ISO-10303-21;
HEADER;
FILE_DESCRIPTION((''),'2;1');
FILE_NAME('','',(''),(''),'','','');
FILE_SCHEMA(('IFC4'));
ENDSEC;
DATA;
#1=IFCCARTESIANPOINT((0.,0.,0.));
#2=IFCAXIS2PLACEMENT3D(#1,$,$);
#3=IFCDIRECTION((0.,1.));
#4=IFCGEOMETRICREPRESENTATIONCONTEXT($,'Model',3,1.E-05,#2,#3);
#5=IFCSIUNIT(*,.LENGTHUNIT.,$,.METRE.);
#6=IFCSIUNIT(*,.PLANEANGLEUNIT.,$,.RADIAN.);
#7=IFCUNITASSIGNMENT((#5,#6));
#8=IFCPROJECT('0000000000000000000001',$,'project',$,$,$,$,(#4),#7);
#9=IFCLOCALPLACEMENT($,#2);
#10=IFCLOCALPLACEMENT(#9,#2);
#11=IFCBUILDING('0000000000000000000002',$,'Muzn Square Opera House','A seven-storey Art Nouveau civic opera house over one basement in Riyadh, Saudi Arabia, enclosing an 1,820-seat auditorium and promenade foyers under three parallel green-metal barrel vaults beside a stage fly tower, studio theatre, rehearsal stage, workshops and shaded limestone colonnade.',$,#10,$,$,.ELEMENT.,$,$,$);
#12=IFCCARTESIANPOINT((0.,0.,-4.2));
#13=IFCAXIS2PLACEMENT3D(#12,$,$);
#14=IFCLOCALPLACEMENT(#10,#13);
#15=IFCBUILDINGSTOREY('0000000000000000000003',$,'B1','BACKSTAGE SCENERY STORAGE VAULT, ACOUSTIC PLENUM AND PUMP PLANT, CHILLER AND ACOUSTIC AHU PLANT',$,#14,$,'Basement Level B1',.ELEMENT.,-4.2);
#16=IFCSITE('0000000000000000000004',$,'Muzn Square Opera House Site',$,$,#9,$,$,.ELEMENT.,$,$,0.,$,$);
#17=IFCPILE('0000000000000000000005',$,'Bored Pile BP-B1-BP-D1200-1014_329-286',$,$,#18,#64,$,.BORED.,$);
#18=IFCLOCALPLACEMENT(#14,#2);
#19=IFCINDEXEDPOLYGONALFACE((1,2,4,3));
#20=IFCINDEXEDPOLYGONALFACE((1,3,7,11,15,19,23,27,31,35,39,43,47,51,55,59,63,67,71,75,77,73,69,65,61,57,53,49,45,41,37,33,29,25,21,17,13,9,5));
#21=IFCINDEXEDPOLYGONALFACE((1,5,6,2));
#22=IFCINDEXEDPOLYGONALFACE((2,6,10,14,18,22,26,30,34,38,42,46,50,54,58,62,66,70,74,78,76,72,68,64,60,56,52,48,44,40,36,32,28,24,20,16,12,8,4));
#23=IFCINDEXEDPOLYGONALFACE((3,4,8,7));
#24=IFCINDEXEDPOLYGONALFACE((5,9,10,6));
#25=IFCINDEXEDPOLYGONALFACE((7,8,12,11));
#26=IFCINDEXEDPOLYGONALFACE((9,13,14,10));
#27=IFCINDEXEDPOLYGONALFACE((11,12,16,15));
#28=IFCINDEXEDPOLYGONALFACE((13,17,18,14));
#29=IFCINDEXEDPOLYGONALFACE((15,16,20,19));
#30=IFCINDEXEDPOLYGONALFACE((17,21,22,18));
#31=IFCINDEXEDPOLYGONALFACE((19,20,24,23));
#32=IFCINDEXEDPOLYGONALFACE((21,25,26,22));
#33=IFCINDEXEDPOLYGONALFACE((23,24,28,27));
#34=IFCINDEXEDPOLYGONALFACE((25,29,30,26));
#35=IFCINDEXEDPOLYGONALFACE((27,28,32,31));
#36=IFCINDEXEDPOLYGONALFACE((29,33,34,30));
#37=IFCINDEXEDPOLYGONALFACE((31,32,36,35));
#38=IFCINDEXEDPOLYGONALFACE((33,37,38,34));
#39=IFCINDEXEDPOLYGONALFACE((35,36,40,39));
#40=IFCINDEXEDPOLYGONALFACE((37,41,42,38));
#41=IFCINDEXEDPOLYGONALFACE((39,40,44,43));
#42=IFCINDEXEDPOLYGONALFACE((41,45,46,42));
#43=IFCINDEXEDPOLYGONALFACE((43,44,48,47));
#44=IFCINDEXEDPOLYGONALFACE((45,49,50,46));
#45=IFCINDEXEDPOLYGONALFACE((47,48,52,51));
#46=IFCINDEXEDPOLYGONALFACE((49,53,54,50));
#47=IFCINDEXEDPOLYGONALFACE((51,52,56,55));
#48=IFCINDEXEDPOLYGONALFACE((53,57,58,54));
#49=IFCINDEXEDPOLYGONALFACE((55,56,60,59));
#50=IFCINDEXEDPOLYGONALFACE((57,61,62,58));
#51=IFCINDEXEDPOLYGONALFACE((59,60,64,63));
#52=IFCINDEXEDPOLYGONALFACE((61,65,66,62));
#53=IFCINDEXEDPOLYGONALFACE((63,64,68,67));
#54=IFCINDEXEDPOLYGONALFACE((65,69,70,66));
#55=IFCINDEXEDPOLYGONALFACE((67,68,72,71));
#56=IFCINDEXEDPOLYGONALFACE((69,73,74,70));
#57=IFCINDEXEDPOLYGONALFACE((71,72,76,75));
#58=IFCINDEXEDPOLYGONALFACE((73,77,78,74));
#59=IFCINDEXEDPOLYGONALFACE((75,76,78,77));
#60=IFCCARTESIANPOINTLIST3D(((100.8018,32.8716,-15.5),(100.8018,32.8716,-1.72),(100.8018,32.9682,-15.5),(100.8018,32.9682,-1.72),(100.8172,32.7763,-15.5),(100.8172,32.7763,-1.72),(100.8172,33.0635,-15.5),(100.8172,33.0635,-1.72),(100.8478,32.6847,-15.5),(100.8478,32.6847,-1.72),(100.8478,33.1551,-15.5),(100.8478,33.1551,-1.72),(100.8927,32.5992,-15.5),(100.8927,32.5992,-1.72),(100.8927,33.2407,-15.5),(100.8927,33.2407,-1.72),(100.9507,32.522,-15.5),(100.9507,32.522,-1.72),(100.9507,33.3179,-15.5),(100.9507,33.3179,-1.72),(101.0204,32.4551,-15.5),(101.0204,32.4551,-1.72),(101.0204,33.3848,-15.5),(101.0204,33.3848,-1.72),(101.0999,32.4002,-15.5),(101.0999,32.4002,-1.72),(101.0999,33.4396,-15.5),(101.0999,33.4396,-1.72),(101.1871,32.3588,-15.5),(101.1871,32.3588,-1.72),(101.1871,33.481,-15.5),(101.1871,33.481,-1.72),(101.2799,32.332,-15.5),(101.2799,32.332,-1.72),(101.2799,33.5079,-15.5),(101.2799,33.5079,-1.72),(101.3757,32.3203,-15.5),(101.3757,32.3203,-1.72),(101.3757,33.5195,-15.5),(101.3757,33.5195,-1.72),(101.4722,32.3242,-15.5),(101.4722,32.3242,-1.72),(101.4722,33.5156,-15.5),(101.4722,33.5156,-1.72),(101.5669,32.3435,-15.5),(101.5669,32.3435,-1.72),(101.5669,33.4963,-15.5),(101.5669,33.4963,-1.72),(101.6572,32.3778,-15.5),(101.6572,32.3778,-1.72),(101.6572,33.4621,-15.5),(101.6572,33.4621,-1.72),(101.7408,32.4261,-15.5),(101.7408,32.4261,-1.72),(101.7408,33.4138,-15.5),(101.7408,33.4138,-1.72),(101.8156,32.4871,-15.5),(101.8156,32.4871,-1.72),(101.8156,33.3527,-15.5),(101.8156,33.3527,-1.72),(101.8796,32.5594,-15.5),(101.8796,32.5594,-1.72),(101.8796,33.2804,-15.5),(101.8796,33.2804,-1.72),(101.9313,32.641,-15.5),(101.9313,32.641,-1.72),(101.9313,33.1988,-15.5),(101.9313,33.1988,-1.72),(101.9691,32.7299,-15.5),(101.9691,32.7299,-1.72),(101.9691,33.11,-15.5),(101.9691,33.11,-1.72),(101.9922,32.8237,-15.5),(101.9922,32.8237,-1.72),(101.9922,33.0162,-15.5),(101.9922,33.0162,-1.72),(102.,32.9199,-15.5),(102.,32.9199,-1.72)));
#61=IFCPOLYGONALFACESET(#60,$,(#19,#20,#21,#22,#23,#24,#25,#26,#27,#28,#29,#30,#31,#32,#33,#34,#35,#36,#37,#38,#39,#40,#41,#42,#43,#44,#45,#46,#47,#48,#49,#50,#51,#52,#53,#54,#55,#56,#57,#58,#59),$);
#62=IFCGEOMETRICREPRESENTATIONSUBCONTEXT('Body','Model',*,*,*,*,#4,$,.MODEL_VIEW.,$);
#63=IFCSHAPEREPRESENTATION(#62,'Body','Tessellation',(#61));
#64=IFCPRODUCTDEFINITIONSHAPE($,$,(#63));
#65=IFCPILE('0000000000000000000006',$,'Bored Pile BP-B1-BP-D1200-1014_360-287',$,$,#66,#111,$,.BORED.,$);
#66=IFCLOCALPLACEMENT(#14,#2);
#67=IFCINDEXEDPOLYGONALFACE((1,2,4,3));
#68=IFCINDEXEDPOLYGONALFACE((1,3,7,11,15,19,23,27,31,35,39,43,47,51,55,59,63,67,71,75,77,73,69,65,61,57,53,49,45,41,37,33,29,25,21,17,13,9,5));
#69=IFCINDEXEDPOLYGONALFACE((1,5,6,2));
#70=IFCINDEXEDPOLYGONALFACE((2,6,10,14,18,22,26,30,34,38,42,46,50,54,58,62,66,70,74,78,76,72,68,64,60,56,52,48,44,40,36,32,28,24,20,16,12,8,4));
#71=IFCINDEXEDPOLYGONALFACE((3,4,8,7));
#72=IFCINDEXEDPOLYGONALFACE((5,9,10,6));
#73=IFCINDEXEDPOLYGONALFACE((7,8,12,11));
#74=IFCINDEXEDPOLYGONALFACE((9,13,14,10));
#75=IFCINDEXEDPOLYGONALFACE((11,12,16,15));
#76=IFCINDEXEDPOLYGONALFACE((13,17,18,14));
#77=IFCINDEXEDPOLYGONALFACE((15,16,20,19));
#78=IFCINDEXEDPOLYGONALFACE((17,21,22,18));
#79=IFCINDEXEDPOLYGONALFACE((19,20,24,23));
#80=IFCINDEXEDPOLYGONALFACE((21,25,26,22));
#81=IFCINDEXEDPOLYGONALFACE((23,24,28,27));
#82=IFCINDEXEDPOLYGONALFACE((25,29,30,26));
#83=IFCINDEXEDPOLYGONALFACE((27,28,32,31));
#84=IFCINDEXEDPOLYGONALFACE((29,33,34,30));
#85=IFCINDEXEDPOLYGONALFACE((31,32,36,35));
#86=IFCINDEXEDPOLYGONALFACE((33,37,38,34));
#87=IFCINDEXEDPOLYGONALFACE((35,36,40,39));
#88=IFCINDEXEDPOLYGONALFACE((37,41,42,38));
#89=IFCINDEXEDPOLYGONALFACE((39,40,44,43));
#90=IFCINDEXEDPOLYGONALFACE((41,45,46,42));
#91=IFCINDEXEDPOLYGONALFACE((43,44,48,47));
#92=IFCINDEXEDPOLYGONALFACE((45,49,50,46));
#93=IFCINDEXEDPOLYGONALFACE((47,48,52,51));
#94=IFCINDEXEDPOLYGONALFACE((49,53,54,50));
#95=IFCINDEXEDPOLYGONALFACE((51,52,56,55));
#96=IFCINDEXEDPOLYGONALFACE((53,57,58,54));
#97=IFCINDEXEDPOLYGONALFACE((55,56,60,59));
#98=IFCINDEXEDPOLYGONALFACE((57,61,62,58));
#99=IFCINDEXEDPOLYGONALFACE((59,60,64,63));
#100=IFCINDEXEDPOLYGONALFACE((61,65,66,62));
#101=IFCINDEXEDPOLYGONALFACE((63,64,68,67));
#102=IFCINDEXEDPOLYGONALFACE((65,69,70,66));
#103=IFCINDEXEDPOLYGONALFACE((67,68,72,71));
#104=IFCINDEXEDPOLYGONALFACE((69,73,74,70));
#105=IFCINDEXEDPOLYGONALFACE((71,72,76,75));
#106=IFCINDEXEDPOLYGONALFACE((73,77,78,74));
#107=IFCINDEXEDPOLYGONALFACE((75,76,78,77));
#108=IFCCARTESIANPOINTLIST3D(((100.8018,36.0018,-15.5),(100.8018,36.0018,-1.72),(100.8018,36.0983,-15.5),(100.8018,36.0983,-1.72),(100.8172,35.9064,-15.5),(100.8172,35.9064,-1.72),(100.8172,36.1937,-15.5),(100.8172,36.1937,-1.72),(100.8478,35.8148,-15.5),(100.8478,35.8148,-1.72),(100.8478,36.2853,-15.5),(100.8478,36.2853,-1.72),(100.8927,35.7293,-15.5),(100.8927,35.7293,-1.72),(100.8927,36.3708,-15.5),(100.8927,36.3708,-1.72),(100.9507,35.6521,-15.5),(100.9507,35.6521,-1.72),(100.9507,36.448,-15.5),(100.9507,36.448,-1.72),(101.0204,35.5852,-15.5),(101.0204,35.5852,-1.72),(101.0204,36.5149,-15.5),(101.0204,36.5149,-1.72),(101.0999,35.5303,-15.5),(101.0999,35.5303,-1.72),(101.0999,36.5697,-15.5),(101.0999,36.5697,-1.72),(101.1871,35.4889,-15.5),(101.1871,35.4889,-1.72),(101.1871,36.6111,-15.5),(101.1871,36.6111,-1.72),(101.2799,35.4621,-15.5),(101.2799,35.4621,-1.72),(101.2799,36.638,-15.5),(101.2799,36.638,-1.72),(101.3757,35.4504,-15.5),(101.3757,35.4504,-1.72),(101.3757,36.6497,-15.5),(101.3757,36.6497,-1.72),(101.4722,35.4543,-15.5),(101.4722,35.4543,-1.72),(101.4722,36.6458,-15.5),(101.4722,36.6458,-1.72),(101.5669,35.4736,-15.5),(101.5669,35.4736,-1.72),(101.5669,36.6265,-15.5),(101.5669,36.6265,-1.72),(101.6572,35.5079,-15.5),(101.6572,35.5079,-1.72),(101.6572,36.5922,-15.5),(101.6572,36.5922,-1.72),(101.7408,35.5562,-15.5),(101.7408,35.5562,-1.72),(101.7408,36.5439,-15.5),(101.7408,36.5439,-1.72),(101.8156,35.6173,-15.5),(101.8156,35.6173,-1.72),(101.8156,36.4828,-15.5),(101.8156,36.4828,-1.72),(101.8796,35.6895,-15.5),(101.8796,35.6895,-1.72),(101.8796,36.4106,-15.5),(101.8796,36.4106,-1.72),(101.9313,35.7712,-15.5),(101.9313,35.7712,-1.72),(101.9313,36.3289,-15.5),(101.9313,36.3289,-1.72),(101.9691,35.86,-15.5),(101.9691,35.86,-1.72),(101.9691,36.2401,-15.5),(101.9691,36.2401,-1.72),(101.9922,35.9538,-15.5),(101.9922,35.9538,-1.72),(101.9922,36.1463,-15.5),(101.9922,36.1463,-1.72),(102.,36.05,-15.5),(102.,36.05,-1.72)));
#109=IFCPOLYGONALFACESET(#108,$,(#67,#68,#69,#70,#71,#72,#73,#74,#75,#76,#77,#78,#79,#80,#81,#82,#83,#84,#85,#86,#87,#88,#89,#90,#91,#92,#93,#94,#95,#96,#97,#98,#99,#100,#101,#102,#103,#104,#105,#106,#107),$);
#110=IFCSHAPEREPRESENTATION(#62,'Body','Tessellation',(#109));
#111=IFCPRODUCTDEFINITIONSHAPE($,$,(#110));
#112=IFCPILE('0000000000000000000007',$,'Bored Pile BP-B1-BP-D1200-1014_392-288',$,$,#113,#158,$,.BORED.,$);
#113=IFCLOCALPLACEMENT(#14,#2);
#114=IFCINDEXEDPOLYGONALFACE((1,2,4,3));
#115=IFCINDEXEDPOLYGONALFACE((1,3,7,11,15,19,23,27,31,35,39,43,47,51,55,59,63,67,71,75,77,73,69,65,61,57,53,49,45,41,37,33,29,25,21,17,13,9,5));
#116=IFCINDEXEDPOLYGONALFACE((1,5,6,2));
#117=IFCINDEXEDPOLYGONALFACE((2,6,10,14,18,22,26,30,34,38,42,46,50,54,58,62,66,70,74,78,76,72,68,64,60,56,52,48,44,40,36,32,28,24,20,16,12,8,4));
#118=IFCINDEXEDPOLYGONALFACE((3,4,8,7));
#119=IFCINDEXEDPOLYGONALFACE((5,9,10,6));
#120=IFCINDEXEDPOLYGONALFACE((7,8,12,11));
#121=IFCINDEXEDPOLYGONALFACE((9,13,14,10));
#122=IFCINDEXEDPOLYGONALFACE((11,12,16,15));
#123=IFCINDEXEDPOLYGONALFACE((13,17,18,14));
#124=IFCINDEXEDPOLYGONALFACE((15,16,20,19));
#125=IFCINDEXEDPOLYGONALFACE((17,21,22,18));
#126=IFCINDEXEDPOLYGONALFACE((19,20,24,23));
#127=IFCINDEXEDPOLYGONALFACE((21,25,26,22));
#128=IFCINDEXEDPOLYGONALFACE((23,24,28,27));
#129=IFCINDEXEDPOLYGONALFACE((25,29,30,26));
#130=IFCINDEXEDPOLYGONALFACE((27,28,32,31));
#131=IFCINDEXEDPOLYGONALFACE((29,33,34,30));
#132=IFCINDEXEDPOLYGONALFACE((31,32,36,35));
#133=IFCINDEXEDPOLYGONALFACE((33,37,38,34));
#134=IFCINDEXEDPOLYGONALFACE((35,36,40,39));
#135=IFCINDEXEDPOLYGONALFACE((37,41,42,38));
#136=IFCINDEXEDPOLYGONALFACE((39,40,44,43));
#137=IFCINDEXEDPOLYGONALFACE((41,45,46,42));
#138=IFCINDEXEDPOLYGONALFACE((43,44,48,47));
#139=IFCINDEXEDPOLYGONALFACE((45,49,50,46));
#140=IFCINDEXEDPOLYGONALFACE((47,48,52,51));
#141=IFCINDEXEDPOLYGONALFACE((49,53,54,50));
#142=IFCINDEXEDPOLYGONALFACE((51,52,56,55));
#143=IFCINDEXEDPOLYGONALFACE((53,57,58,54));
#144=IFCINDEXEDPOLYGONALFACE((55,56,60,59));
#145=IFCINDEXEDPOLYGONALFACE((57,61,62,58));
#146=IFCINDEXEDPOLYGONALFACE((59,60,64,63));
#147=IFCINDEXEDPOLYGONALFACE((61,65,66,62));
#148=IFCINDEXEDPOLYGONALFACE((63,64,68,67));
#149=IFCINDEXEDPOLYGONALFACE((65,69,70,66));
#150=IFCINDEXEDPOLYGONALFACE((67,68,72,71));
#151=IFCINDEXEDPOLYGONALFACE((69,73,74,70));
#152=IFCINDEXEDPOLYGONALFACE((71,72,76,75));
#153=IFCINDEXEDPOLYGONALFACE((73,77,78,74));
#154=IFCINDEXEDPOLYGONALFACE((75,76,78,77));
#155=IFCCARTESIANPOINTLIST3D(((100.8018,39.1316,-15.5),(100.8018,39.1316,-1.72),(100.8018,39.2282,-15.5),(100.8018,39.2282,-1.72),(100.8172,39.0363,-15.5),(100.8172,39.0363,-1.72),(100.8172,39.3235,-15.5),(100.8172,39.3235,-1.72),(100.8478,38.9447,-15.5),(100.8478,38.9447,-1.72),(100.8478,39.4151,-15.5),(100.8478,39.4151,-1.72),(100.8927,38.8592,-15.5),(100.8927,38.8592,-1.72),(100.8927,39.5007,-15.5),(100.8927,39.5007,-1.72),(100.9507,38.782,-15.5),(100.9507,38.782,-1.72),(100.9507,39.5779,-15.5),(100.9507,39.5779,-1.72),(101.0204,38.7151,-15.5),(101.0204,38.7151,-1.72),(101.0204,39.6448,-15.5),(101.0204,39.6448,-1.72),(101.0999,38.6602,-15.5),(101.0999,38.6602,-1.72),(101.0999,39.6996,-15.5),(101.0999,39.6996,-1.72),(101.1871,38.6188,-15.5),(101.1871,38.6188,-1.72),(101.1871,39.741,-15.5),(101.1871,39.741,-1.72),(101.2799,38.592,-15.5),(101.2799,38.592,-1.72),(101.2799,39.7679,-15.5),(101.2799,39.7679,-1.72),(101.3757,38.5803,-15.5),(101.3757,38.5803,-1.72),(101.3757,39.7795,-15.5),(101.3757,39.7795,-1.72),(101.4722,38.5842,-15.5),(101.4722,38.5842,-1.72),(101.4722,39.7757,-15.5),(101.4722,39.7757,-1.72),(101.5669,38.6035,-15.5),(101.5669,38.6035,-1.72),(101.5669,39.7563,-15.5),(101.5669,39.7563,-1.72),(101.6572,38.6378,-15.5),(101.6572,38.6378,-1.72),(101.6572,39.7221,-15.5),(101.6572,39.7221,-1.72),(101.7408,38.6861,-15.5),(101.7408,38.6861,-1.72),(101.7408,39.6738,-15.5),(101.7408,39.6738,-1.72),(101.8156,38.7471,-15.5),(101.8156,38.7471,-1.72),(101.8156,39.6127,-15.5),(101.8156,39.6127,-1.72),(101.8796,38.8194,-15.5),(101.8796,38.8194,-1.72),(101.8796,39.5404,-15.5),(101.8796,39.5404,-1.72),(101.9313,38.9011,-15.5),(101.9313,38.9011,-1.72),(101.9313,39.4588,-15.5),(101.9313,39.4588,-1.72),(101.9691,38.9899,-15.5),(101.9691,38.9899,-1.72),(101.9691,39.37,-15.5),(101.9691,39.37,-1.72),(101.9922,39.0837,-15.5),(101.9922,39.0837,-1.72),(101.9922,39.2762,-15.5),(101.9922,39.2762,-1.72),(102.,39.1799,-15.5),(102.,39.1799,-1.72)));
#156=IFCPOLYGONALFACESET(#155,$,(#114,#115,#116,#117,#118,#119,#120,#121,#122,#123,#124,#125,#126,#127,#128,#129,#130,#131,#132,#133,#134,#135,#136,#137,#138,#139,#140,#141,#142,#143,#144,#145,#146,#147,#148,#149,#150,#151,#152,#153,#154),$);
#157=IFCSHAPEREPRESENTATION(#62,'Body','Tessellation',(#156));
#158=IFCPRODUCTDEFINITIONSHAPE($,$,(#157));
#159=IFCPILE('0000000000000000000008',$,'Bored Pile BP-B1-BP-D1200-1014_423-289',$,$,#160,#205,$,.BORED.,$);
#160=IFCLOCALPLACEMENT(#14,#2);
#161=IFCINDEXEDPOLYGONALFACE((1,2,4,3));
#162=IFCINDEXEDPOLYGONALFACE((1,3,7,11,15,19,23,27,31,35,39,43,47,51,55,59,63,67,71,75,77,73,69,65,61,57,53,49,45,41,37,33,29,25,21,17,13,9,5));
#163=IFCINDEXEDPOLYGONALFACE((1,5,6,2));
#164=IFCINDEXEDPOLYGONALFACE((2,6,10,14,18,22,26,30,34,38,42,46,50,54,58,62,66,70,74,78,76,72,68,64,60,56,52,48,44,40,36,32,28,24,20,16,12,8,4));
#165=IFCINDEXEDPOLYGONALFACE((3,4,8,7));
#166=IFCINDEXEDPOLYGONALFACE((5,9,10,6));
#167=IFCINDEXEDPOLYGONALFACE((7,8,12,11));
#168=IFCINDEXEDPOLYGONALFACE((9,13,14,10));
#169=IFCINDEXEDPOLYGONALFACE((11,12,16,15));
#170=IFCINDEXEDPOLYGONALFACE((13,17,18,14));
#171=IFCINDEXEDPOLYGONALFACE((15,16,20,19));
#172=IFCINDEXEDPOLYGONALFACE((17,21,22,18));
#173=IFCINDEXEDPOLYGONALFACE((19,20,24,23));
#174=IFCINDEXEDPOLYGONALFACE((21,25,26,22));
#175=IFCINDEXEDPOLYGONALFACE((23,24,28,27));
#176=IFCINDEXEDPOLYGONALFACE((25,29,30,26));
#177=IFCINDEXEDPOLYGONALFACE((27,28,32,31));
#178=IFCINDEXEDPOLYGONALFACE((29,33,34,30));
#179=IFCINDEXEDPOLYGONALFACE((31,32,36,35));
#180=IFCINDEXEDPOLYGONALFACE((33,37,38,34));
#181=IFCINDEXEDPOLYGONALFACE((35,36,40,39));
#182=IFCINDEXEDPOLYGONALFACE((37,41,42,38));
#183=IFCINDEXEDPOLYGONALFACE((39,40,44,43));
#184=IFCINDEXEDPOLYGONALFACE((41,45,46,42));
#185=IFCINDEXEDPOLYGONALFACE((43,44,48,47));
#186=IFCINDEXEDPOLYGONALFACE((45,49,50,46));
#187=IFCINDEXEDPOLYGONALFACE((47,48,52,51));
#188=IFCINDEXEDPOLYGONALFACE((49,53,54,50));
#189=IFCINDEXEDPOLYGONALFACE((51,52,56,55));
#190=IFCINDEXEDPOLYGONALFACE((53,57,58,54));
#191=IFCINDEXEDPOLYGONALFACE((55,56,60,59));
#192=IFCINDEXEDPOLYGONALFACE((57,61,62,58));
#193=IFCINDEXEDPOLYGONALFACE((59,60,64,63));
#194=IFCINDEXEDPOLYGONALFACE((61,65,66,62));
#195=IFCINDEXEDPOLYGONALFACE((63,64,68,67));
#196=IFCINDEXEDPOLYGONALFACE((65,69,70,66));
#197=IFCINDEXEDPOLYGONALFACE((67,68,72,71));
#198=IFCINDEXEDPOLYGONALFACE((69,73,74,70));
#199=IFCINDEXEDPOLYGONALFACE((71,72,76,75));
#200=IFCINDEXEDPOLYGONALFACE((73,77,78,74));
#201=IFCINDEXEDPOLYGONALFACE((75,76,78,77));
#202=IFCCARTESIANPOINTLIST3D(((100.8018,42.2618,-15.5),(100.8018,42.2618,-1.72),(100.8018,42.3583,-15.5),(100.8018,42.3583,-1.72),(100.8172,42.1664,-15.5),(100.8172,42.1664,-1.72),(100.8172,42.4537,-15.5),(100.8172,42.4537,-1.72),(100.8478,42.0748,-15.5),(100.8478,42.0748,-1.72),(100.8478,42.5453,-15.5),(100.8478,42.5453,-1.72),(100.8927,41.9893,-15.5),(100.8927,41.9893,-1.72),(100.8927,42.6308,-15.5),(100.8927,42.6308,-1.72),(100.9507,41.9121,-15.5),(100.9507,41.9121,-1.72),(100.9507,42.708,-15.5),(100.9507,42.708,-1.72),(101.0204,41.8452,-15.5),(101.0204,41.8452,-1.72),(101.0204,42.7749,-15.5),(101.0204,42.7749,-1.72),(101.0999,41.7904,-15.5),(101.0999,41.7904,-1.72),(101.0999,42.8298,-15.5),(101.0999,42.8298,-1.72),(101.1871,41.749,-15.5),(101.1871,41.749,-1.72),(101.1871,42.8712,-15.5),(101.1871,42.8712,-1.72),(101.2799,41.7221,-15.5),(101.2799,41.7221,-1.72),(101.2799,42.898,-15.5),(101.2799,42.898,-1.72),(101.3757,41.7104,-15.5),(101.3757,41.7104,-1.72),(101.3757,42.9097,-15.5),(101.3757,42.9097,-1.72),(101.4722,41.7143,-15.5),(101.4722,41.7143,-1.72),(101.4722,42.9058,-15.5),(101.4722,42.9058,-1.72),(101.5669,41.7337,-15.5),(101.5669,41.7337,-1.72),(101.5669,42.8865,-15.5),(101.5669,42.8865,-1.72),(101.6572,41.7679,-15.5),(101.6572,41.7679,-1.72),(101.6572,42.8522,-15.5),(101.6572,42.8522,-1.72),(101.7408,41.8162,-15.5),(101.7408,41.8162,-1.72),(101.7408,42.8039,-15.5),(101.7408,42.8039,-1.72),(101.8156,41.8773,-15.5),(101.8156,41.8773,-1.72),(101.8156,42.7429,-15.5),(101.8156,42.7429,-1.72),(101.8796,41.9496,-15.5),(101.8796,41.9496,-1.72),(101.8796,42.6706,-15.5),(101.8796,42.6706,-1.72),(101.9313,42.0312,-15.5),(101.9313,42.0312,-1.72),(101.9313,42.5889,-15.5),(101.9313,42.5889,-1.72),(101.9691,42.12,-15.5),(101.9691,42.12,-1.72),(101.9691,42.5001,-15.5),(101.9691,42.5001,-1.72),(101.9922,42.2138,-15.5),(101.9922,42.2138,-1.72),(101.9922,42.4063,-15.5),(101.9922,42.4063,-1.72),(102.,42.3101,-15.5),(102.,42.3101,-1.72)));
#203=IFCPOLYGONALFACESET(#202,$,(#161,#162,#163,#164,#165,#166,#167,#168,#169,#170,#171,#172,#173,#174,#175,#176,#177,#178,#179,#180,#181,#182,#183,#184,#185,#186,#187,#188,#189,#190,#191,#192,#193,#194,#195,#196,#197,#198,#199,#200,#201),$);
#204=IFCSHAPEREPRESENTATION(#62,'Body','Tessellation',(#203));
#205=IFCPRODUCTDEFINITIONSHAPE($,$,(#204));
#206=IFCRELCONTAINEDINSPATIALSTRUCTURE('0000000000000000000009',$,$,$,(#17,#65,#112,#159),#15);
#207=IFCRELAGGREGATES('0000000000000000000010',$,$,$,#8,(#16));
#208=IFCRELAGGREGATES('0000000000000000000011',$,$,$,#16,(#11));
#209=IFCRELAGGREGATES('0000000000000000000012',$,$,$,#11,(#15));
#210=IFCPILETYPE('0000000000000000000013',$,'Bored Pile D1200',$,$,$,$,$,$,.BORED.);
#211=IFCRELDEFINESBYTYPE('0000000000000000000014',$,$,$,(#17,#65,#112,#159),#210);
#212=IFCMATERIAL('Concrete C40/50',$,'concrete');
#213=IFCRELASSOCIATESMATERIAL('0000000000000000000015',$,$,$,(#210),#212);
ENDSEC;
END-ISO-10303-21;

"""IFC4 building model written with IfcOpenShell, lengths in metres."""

from ifc_helpers import new_model, si_unit, direction, frame, origin, origin_2d, place, context, subcontext, project, spatial, circle, extrude, material, material_profile, profile_set, type_object, element, save


model = new_model("IFC4")

# Units and contexts
model_context = context("Model", 3, precision=1e-05, world=origin(), true_north=direction((0.0, 1.0)))
body_context = subcontext(model_context, "Body", "Model", "MODEL_VIEW")
ifc_project = project(units=[si_unit("LENGTHUNIT", "METRE"), si_unit("PLANEANGLEUNIT", "RADIAN")], contexts=[model_context])

# Site, building, storey
site_placement = place(None, origin())
site = spatial("IfcSite", under=ifc_project, at=site_placement, Name="Muzn Square Opera House Site", CompositionType="ELEMENT", RefElevation=0.0)
building_placement = place(site_placement, origin())
building = spatial("IfcBuilding", under=site, at=building_placement, Name="Muzn Square Opera House", Description="A seven-storey Art Nouveau civic opera house over one basement in Riyadh, Saudi Arabia, enclosing an 1,820-seat auditorium and promenade foyers under three parallel green-metal barrel vaults beside a stage fly tower, studio theatre, rehearsal stage, workshops and shaded limestone colonnade.", CompositionType="ELEMENT")
storey_placement = place(building_placement, frame((0.0, 0.0, -4.2)))
storey = spatial("IfcBuildingStorey", under=building, at=storey_placement, Name="B1", Description="BACKSTAGE SCENERY STORAGE VAULT, ACOUSTIC PLENUM AND PUMP PLANT, CHILLER AND ACOUSTIC AHU PLANT", LongName="Basement Level B1", CompositionType="ELEMENT", Elevation=-4.2)

# Piles
ifc_material_1 = material(Name="Concrete C40/50", Category="concrete")
ifc_material_profile_1 = material_profile(ifc_material_1, circle(Radius=0.6001, at=origin_2d()), Name="BORED PILE D1200", Category="concrete")
ifc_profile_set_1 = profile_set([ifc_material_profile_1], Name="Concrete C40/50")
pile_type = type_object("IfcPileType", Name="Bored Pile D1200", PredefinedType="BORED", material=ifc_profile_set_1)
for number, where, z_axis, x_axis, name in (
    (1, (101.3999, 32.9199, -1.72), (0.0, 0.0, -1.0), (1.0, 0.0, 0.0), "Bored Pile BP-B1-BP-D1200-1014_329-286"),
    (2, (101.3999, 36.05, -1.72), (0.0, 0.0, -1.0), (1.0, 0.0, 0.0), "Bored Pile BP-B1-BP-D1200-1014_360-287"),
    (3, (101.3999, 39.1799, -1.72), (0.0, 0.0, -1.0), (1.0, 0.0, 0.0), "Bored Pile BP-B1-BP-D1200-1014_392-288"),
    (4, (101.3999, 42.3101, -1.72), (0.0, 0.0, -1.0), (1.0, 0.0, 0.0), "Bored Pile BP-B1-BP-D1200-1014_423-289"),
):
    element("IfcPile", number, at=place(storey_placement, frame(where, z_axis=z_axis, x_axis=x_axis)), inside=storey, type_object=pile_type, Name=name, PredefinedType="BORED", context=body_context, shape_type="SweptSolid", body=[
        extrude(circle(Radius=0.6001, at=origin_2d()), origin(), (0.0, 0.0, 1.0), 13.78),
    ])

save(model, "model.ifc")
